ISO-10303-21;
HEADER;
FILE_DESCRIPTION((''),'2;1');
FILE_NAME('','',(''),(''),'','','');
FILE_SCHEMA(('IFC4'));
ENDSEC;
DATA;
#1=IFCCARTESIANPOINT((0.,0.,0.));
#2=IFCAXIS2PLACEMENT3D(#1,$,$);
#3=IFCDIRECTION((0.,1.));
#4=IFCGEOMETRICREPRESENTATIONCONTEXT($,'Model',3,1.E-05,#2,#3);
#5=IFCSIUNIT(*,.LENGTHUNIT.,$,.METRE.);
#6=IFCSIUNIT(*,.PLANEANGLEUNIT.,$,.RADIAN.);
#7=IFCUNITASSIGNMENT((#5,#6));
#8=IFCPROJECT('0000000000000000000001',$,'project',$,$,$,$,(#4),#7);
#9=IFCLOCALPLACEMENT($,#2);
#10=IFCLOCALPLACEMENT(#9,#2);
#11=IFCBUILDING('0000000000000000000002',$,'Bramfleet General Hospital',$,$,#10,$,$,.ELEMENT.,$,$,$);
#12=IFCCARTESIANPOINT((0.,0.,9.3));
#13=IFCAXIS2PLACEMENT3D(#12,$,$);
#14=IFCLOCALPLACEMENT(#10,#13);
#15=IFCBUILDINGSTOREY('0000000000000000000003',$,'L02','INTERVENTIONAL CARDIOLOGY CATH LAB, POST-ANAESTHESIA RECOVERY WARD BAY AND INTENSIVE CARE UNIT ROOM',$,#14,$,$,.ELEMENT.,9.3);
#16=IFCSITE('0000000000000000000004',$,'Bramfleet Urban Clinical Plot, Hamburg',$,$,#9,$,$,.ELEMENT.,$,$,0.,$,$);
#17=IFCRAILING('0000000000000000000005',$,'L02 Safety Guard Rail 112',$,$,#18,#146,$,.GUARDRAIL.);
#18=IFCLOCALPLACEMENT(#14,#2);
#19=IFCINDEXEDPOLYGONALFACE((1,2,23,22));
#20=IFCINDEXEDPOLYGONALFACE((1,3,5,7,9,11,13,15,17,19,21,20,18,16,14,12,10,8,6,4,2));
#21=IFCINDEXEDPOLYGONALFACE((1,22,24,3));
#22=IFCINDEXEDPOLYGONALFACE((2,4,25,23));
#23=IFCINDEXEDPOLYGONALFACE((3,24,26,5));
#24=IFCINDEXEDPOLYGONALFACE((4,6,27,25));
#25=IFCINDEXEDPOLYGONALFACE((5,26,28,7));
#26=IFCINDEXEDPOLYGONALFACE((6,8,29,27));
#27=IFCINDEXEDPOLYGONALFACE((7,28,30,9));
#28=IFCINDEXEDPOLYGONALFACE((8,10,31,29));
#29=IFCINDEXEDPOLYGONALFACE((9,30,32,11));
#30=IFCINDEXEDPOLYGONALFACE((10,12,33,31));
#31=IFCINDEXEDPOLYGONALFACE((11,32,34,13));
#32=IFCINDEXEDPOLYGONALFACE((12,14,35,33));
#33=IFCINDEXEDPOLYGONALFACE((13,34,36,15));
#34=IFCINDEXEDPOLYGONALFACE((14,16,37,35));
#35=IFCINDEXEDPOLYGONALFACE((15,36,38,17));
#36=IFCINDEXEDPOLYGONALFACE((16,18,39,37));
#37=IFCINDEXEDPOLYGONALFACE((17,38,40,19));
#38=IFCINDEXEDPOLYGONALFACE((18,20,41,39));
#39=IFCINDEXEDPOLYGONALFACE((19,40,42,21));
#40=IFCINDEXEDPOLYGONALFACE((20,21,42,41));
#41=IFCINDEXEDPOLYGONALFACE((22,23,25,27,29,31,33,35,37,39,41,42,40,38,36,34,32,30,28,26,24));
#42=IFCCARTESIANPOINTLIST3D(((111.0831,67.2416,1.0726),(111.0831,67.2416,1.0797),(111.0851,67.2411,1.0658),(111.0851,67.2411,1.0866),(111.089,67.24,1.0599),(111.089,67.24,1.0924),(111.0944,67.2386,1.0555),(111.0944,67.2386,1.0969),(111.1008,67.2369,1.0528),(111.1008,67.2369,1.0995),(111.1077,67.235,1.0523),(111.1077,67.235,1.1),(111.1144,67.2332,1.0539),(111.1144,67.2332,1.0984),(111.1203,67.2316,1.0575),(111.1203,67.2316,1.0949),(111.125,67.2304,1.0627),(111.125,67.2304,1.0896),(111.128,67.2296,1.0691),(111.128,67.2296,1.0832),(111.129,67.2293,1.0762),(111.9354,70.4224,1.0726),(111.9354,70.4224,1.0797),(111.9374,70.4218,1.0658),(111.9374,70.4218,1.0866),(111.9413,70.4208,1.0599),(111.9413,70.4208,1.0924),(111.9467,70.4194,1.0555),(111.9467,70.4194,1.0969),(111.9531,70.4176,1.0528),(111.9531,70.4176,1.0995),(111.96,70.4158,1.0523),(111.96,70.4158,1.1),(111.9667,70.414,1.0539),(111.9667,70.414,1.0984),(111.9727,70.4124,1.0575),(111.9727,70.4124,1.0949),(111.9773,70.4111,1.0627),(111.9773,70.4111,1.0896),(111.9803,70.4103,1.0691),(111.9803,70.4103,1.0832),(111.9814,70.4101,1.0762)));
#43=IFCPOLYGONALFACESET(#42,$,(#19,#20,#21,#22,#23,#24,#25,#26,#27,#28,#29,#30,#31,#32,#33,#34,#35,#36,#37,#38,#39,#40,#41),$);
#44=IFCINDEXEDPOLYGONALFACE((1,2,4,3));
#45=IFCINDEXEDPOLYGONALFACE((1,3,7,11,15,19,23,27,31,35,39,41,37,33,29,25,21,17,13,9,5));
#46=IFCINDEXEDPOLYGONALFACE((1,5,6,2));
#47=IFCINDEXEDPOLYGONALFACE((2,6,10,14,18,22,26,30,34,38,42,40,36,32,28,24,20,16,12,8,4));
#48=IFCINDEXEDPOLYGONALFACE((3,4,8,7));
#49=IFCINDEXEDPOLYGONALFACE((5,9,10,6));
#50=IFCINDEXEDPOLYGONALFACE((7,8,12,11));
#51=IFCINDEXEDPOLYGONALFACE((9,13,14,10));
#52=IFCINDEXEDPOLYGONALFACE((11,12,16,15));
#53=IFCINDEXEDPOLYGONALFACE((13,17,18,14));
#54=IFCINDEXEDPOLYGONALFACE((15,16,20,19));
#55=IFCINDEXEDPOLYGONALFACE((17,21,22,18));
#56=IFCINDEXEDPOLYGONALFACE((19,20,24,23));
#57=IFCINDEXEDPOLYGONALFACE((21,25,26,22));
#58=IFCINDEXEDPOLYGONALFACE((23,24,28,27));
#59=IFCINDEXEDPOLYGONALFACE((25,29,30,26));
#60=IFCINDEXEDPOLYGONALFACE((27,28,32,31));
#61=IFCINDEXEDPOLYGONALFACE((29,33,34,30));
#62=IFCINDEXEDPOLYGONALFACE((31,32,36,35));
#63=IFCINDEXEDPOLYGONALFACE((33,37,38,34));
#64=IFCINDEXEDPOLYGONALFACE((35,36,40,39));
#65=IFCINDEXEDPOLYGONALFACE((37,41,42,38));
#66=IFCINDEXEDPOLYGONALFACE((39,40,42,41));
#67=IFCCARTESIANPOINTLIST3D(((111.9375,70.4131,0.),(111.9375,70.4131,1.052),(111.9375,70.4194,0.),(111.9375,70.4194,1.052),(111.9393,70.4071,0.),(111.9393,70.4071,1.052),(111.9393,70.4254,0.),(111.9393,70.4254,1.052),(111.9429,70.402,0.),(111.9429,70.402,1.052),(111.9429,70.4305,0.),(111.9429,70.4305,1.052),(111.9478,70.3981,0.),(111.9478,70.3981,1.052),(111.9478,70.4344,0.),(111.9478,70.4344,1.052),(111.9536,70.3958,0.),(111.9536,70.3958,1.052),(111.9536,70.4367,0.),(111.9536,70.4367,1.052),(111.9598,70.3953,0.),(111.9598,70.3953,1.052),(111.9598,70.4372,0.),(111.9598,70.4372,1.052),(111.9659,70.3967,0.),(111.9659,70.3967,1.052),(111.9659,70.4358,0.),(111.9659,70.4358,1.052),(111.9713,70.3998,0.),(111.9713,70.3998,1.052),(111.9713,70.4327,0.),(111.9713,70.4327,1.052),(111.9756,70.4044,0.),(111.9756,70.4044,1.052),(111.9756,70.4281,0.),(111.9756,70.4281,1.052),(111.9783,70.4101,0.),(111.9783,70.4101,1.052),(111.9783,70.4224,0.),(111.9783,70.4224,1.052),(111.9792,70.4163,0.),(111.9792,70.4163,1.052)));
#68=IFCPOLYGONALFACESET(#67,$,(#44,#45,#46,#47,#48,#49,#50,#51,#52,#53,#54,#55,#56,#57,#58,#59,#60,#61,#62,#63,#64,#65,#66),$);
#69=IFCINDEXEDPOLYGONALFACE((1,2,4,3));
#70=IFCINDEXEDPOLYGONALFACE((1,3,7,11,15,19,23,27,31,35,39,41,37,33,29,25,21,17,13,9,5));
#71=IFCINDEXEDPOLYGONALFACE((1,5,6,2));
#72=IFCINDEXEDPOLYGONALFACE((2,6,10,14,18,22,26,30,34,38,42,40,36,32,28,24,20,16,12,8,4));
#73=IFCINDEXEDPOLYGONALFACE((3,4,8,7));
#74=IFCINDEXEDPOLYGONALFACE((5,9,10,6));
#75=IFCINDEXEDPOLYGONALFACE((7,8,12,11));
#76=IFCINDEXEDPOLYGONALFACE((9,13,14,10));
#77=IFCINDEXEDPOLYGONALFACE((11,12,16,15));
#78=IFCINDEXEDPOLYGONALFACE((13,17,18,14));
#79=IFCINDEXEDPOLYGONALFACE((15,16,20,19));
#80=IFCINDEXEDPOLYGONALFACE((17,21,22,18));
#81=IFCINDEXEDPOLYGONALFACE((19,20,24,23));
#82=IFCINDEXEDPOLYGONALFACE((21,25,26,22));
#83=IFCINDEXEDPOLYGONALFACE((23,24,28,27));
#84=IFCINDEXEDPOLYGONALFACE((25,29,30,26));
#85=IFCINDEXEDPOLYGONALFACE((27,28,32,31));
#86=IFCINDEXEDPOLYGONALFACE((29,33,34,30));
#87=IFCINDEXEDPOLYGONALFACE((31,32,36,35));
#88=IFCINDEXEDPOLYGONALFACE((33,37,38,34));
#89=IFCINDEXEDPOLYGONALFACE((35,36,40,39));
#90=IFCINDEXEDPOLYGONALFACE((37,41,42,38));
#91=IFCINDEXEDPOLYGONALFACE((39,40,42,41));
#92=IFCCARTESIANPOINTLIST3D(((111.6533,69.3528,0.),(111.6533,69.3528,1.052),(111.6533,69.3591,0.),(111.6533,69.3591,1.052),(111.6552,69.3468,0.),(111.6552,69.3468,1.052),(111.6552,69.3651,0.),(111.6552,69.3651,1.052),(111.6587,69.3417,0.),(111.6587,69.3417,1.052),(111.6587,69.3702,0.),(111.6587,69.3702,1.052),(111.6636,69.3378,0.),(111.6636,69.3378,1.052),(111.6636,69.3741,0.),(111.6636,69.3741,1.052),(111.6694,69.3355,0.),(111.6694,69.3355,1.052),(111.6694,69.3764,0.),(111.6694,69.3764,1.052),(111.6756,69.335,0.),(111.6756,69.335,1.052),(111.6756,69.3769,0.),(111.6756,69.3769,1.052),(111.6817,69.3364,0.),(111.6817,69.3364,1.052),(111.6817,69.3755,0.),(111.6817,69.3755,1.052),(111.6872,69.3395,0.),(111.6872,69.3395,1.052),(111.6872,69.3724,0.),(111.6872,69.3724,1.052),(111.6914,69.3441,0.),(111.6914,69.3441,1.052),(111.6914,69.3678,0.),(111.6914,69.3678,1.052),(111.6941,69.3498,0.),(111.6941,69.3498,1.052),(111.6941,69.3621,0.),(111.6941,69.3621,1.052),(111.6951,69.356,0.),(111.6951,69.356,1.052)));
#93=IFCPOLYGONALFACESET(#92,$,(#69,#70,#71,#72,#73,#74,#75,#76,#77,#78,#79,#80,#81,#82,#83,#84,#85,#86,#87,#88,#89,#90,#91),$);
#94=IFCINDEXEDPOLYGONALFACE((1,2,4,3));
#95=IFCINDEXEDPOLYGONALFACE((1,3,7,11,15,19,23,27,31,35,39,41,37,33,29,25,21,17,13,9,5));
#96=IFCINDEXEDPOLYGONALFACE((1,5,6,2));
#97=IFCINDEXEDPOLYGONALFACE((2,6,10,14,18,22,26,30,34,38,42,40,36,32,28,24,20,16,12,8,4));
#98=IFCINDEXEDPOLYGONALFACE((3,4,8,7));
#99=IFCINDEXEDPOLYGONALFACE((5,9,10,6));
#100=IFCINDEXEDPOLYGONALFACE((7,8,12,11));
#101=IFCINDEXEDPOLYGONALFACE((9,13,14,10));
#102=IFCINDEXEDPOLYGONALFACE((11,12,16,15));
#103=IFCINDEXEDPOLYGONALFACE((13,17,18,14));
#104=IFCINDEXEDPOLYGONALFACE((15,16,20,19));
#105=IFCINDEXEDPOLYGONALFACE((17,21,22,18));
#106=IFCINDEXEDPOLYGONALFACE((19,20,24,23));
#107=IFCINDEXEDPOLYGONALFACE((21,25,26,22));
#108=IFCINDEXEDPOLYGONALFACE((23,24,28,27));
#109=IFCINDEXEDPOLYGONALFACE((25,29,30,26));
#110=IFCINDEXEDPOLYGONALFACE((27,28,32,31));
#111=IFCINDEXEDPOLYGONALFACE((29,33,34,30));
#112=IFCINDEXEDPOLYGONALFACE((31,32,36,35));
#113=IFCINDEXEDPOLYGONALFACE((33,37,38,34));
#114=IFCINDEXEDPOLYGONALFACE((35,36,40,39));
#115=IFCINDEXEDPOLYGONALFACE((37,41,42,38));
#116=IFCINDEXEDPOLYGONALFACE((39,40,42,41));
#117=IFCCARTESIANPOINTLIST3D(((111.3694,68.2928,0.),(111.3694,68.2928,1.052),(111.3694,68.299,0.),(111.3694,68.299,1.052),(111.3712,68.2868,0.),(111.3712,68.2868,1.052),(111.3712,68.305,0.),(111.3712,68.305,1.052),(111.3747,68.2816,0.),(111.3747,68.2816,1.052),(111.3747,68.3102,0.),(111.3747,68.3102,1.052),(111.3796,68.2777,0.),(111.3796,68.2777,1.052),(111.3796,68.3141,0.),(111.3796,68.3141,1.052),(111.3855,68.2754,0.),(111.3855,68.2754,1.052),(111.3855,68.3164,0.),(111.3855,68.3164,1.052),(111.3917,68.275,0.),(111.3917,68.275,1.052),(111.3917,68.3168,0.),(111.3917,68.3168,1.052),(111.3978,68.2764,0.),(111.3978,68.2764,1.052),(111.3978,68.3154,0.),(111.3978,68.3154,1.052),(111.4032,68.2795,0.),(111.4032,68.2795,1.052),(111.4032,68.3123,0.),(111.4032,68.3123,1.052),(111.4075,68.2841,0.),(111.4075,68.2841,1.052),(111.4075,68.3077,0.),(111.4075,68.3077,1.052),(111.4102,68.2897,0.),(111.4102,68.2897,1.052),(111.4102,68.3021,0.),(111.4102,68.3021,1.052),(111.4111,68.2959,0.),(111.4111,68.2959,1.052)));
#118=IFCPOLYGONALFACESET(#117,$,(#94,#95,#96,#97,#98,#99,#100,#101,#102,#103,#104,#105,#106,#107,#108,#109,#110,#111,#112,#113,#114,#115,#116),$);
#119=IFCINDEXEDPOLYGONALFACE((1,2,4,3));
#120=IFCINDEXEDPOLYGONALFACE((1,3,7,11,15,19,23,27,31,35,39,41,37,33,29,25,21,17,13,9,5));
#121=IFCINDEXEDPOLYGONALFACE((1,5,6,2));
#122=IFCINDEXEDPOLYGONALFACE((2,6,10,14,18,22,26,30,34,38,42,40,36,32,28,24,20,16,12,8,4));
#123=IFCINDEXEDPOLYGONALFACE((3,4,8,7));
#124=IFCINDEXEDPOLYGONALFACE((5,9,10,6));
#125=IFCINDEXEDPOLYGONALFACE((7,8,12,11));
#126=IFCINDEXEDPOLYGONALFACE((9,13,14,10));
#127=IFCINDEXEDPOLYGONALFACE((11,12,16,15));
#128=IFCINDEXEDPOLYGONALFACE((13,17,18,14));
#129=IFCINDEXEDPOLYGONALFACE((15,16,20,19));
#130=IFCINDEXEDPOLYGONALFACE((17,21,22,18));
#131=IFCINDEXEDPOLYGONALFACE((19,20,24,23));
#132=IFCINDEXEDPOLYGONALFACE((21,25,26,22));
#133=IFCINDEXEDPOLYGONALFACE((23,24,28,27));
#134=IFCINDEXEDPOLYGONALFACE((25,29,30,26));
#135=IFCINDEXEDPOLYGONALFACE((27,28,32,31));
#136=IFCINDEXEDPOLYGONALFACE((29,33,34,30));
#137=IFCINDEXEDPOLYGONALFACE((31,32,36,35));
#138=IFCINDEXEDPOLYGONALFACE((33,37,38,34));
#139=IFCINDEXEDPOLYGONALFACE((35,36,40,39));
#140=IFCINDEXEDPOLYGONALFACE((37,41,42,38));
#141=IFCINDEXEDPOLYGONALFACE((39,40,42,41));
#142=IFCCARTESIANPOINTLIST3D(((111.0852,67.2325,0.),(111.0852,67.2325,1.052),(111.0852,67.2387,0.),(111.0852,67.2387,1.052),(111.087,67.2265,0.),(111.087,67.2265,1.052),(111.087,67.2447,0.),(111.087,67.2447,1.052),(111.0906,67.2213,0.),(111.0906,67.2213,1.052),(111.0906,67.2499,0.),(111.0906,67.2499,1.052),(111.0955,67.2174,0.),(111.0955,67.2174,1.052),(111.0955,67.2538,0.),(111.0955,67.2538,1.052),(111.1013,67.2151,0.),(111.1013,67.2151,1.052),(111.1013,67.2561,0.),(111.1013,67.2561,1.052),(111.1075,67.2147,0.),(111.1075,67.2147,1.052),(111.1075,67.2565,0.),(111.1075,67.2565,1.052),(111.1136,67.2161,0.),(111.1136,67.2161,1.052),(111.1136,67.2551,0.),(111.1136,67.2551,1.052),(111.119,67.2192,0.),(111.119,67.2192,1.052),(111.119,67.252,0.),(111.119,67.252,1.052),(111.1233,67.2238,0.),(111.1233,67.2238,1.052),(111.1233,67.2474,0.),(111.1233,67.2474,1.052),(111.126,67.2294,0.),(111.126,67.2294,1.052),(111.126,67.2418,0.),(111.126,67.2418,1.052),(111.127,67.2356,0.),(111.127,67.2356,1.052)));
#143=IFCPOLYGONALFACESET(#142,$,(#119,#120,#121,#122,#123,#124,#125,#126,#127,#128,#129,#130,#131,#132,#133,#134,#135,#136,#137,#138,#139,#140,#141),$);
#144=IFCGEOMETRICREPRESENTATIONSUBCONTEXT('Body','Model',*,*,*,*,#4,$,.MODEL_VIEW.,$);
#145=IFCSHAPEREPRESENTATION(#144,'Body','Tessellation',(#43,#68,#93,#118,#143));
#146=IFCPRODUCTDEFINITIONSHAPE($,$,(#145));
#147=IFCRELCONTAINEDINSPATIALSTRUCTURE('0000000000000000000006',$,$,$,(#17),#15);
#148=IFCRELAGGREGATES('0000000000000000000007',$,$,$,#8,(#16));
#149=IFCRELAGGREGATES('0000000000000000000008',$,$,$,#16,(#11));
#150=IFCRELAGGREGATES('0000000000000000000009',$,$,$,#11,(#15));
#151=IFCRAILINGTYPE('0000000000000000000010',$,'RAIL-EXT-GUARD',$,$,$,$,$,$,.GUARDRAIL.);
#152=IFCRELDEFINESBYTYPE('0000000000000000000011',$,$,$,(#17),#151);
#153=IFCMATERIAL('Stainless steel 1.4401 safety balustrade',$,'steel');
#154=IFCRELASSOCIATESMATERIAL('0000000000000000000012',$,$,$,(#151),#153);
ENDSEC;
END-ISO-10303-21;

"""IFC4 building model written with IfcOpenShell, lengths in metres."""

from ifc_helpers import new_model, si_unit, direction, frame, origin, origin_2d, place, context, subcontext, project, spatial, circle, extrude, material, type_object, element, save


model = new_model("IFC4")

# Units and contexts
model_context = context("Model", 3, precision=1e-05, world=origin(), true_north=direction((0.0, 1.0)))
body_context = subcontext(model_context, "Body", "Model", "MODEL_VIEW")
ifc_project = project(units=[si_unit("LENGTHUNIT", "METRE"), si_unit("PLANEANGLEUNIT", "RADIAN")], contexts=[model_context])

# Site, building, storey
site_placement = place(None, origin())
site = spatial("IfcSite", under=ifc_project, at=site_placement, Name="Bramfleet Urban Clinical Plot, Hamburg", CompositionType="ELEMENT", RefElevation=0.0)
building_placement = place(site_placement, origin())
building = spatial("IfcBuilding", under=site, at=building_placement, Name="Bramfleet General Hospital", CompositionType="ELEMENT")
storey_placement = place(building_placement, frame((0.0, 0.0, 9.3)))
storey = spatial("IfcBuildingStorey", under=building, at=storey_placement, Name="L02", Description="INTERVENTIONAL CARDIOLOGY CATH LAB, POST-ANAESTHESIA RECOVERY WARD BAY AND INTENSIVE CARE UNIT ROOM", CompositionType="ELEMENT", Elevation=9.3)

# Railing
ifc_material_1 = material(Name="Stainless steel 1.4401 safety balustrade", Category="steel")
railing_type_1 = type_object("IfcRailingType", Name="RAIL-EXT-GUARD", PredefinedType="GUARDRAIL", material=ifc_material_1)
railing_1_placement = place(storey_placement, frame((111.9583, 70.4163, 0.0)))
element("IfcRailing", 1, at=railing_1_placement, inside=storey, type_object=railing_type_1, Name="L02 Safety Guard Rail 112", PredefinedType="GUARDRAIL", context=body_context, shape_type="SweptSolid", body=[
    extrude(circle(Radius=0.0239, at=origin_2d()), frame((0.0, 0.0, 1.0762), z_axis=(-0.25883, -0.965923, 0.0), x_axis=(0.965923, -0.25883, 0.0)), (0.0, 0.0, 1.0), 3.293),
    extrude(circle(Radius=0.021, at=origin_2d()), origin(), (0.0, 0.0, 1.0), 1.052),
    extrude(circle(Radius=0.021, at=origin_2d()), frame((-0.2842, -1.0603, 0.0)), (0.0, 0.0, 1.0), 1.052),
    extrude(circle(Radius=0.021, at=origin_2d()), frame((-0.5681, -2.1204, 0.0)), (0.0, 0.0, 1.0), 1.052),
    extrude(circle(Radius=0.021, at=origin_2d()), frame((-0.8523, -3.1807, 0.0)), (0.0, 0.0, 1.0), 1.052),
])

save(model, "model.ifc")
